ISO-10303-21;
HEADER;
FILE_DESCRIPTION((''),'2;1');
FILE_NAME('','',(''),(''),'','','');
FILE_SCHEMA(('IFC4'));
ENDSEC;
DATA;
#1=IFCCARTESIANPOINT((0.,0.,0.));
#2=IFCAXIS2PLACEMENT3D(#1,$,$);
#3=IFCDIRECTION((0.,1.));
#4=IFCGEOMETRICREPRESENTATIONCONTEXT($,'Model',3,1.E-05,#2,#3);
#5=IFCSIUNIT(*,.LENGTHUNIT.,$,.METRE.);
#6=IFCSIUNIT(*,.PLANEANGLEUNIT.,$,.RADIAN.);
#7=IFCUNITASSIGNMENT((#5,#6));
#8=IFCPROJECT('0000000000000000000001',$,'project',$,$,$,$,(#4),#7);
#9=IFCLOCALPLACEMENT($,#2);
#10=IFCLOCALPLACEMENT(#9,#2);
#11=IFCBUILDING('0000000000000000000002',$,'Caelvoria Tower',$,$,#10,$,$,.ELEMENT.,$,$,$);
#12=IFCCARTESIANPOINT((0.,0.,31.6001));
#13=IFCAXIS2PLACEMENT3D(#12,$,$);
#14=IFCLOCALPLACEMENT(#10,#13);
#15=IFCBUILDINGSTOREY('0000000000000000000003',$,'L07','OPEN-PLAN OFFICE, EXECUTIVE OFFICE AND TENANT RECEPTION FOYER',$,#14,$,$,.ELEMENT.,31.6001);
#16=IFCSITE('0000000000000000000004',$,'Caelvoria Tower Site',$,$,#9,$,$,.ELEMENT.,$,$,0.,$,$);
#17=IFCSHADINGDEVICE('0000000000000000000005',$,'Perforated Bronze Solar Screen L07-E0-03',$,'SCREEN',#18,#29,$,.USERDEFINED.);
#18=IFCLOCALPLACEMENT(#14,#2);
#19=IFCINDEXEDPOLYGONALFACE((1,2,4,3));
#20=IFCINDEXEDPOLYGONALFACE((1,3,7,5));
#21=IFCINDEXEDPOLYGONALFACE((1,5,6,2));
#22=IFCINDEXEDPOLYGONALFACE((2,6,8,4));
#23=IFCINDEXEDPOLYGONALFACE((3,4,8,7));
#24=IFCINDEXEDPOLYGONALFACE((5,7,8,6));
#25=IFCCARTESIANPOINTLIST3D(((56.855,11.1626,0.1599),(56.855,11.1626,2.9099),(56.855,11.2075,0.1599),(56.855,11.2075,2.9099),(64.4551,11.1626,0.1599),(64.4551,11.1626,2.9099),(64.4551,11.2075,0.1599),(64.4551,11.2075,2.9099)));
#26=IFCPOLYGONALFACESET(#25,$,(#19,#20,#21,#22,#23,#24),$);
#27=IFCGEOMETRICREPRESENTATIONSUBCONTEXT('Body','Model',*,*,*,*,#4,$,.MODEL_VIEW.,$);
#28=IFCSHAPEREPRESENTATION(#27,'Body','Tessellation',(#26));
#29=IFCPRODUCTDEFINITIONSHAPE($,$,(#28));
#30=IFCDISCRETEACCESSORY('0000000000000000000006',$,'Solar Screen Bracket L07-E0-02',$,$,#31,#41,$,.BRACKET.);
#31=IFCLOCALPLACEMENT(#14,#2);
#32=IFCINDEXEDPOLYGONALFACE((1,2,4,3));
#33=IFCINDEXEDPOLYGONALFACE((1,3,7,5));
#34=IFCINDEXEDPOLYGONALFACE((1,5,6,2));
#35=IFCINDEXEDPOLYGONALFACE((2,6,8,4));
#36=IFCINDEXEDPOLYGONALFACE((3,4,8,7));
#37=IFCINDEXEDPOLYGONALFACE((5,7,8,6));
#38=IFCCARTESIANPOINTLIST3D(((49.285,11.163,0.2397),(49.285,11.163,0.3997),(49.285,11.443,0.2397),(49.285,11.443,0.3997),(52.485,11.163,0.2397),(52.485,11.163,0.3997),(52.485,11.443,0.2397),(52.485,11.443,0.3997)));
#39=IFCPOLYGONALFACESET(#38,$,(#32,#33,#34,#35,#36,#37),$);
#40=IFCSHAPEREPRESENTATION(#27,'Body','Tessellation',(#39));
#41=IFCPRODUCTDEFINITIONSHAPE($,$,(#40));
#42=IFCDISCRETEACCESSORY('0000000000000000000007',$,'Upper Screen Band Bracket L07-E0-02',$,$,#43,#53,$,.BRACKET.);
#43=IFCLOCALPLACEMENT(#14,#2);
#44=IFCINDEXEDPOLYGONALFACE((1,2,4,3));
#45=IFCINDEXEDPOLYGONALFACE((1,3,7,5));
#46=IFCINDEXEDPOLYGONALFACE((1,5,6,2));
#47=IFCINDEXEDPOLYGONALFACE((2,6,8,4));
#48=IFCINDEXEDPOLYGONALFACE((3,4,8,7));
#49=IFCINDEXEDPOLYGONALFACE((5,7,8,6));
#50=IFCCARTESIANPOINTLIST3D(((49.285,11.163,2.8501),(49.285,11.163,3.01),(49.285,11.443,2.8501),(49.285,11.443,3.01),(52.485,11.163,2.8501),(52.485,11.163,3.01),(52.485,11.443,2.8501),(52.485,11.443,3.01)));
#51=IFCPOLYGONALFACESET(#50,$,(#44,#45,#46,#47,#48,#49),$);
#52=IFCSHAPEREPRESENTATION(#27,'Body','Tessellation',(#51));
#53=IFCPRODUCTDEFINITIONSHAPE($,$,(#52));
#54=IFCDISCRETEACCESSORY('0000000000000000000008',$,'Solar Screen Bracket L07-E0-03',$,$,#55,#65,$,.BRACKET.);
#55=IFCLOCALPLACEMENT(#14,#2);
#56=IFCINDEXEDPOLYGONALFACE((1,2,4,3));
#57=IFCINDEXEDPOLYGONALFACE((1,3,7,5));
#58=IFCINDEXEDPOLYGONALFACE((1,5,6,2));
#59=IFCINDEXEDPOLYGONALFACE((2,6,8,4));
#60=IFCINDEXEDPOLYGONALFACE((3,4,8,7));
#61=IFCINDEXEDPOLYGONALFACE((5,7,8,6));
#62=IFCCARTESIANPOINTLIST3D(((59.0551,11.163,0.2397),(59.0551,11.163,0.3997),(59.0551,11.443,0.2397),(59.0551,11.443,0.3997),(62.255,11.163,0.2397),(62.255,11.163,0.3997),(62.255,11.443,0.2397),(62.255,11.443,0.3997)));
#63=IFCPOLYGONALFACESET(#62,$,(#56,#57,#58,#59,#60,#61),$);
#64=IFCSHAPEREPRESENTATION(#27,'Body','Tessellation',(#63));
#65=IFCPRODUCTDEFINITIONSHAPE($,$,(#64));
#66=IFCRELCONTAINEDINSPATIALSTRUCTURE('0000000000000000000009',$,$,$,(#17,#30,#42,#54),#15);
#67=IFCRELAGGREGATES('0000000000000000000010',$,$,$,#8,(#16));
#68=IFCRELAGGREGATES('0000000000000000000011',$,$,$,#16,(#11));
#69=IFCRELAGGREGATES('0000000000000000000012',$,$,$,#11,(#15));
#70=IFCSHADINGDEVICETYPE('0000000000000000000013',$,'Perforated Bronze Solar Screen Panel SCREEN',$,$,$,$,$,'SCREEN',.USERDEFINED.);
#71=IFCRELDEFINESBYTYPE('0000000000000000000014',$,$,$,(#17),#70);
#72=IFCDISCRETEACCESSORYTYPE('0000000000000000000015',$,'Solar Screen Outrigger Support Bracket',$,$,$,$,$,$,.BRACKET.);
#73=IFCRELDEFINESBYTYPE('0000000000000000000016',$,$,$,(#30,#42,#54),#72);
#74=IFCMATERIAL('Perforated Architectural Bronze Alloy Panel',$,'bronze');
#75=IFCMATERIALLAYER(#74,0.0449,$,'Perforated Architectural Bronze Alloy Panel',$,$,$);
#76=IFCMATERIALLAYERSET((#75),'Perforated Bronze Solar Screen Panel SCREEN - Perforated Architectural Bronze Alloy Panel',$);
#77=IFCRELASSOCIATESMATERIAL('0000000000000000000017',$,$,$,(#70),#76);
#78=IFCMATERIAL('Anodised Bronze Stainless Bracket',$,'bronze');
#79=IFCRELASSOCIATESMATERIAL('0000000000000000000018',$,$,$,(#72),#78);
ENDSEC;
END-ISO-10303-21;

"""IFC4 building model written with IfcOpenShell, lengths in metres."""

from ifc_helpers import new_model, si_unit, direction, frame, origin, origin_2d, place, context, subcontext, project, spatial, rectangle, extrude, material, layer, layer_set, type_object, element, save


model = new_model("IFC4")

# Units and contexts
model_context = context("Model", 3, precision=1e-05, world=origin(), true_north=direction((0.0, 1.0)))
body_context = subcontext(model_context, "Body", "Model", "MODEL_VIEW")
ifc_project = project(units=[si_unit("LENGTHUNIT", "METRE"), si_unit("PLANEANGLEUNIT", "RADIAN")], contexts=[model_context])

# Site, building, storey
site_placement = place(None, origin())
site = spatial("IfcSite", under=ifc_project, at=site_placement, Name="Caelvoria Tower Site", CompositionType="ELEMENT", RefElevation=0.0)
building_placement = place(site_placement, origin())
building = spatial("IfcBuilding", under=site, at=building_placement, Name="Caelvoria Tower", CompositionType="ELEMENT")
storey_placement = place(building_placement, frame((0.0, 0.0, 31.6001)))
storey = spatial("IfcBuildingStorey", under=building, at=storey_placement, Name="L07", Description="OPEN-PLAN OFFICE, EXECUTIVE OFFICE AND TENANT RECEPTION FOYER", CompositionType="ELEMENT", Elevation=31.6001)

# Shading device
ifc_material_1 = material(Name="Perforated Architectural Bronze Alloy Panel", Category="bronze")
ifc_layer_1 = layer(ifc_material_1, 0.0449, Name="Perforated Architectural Bronze Alloy Panel")
ifc_layer_set_1 = layer_set([ifc_layer_1], Name="Perforated Bronze Solar Screen Panel SCREEN - Perforated Architectural Bronze Alloy Panel")
shading_device_type = type_object("IfcShadingDeviceType", Name="Perforated Bronze Solar Screen Panel SCREEN", ElementType="SCREEN", PredefinedType="USERDEFINED", material=ifc_layer_set_1)
for number, where, z_axis, x_axis, name in (
    (1, (60.655, 11.1851, 0.1599), (0.0, 0.0, 1.0), (1.0, 0.0, 0.0), "Perforated Bronze Solar Screen L07-E0-03"),
):
    element("IfcShadingDevice", number, at=place(storey_placement, frame(where, z_axis=z_axis, x_axis=x_axis)), inside=storey, type_object=shading_device_type, Name=name, ObjectType="SCREEN", PredefinedType="USERDEFINED", context=body_context, shape_type="SweptSolid", body=[
        extrude(rectangle(XDim=7.6001, YDim=0.0449, at=origin_2d()), origin(), (0.0, 0.0, 1.0), 2.75),
    ])

# Discrete accessories
ifc_material_2 = material(Name="Anodised Bronze Stainless Bracket", Category="bronze")
discrete_accessory_type = type_object("IfcDiscreteAccessoryType", Name="Solar Screen Outrigger Support Bracket", PredefinedType="BRACKET", material=ifc_material_2)
for number, where, z_axis, x_axis, name in (
    (2, (50.885, 11.303, 0.2397), (0.0, 0.0, 1.0), (1.0, 0.0, 0.0), "Solar Screen Bracket L07-E0-02"),
    (3, (50.885, 11.303, 2.8501), (0.0, 0.0, 1.0), (1.0, 0.0, 0.0), "Upper Screen Band Bracket L07-E0-02"),
    (4, (60.655, 11.303, 0.2397), (0.0, 0.0, 1.0), (1.0, 0.0, 0.0), "Solar Screen Bracket L07-E0-03"),
):
    element("IfcDiscreteAccessory", number, at=place(storey_placement, frame(where, z_axis=z_axis, x_axis=x_axis)), inside=storey, type_object=discrete_accessory_type, Name=name, PredefinedType="BRACKET", context=body_context, shape_type="SweptSolid", body=[
        extrude(rectangle(XDim=3.2, YDim=0.28, at=origin_2d()), origin(), (0.0, 0.0, 1.0), 0.1599),
    ])

save(model, "model.ifc")
